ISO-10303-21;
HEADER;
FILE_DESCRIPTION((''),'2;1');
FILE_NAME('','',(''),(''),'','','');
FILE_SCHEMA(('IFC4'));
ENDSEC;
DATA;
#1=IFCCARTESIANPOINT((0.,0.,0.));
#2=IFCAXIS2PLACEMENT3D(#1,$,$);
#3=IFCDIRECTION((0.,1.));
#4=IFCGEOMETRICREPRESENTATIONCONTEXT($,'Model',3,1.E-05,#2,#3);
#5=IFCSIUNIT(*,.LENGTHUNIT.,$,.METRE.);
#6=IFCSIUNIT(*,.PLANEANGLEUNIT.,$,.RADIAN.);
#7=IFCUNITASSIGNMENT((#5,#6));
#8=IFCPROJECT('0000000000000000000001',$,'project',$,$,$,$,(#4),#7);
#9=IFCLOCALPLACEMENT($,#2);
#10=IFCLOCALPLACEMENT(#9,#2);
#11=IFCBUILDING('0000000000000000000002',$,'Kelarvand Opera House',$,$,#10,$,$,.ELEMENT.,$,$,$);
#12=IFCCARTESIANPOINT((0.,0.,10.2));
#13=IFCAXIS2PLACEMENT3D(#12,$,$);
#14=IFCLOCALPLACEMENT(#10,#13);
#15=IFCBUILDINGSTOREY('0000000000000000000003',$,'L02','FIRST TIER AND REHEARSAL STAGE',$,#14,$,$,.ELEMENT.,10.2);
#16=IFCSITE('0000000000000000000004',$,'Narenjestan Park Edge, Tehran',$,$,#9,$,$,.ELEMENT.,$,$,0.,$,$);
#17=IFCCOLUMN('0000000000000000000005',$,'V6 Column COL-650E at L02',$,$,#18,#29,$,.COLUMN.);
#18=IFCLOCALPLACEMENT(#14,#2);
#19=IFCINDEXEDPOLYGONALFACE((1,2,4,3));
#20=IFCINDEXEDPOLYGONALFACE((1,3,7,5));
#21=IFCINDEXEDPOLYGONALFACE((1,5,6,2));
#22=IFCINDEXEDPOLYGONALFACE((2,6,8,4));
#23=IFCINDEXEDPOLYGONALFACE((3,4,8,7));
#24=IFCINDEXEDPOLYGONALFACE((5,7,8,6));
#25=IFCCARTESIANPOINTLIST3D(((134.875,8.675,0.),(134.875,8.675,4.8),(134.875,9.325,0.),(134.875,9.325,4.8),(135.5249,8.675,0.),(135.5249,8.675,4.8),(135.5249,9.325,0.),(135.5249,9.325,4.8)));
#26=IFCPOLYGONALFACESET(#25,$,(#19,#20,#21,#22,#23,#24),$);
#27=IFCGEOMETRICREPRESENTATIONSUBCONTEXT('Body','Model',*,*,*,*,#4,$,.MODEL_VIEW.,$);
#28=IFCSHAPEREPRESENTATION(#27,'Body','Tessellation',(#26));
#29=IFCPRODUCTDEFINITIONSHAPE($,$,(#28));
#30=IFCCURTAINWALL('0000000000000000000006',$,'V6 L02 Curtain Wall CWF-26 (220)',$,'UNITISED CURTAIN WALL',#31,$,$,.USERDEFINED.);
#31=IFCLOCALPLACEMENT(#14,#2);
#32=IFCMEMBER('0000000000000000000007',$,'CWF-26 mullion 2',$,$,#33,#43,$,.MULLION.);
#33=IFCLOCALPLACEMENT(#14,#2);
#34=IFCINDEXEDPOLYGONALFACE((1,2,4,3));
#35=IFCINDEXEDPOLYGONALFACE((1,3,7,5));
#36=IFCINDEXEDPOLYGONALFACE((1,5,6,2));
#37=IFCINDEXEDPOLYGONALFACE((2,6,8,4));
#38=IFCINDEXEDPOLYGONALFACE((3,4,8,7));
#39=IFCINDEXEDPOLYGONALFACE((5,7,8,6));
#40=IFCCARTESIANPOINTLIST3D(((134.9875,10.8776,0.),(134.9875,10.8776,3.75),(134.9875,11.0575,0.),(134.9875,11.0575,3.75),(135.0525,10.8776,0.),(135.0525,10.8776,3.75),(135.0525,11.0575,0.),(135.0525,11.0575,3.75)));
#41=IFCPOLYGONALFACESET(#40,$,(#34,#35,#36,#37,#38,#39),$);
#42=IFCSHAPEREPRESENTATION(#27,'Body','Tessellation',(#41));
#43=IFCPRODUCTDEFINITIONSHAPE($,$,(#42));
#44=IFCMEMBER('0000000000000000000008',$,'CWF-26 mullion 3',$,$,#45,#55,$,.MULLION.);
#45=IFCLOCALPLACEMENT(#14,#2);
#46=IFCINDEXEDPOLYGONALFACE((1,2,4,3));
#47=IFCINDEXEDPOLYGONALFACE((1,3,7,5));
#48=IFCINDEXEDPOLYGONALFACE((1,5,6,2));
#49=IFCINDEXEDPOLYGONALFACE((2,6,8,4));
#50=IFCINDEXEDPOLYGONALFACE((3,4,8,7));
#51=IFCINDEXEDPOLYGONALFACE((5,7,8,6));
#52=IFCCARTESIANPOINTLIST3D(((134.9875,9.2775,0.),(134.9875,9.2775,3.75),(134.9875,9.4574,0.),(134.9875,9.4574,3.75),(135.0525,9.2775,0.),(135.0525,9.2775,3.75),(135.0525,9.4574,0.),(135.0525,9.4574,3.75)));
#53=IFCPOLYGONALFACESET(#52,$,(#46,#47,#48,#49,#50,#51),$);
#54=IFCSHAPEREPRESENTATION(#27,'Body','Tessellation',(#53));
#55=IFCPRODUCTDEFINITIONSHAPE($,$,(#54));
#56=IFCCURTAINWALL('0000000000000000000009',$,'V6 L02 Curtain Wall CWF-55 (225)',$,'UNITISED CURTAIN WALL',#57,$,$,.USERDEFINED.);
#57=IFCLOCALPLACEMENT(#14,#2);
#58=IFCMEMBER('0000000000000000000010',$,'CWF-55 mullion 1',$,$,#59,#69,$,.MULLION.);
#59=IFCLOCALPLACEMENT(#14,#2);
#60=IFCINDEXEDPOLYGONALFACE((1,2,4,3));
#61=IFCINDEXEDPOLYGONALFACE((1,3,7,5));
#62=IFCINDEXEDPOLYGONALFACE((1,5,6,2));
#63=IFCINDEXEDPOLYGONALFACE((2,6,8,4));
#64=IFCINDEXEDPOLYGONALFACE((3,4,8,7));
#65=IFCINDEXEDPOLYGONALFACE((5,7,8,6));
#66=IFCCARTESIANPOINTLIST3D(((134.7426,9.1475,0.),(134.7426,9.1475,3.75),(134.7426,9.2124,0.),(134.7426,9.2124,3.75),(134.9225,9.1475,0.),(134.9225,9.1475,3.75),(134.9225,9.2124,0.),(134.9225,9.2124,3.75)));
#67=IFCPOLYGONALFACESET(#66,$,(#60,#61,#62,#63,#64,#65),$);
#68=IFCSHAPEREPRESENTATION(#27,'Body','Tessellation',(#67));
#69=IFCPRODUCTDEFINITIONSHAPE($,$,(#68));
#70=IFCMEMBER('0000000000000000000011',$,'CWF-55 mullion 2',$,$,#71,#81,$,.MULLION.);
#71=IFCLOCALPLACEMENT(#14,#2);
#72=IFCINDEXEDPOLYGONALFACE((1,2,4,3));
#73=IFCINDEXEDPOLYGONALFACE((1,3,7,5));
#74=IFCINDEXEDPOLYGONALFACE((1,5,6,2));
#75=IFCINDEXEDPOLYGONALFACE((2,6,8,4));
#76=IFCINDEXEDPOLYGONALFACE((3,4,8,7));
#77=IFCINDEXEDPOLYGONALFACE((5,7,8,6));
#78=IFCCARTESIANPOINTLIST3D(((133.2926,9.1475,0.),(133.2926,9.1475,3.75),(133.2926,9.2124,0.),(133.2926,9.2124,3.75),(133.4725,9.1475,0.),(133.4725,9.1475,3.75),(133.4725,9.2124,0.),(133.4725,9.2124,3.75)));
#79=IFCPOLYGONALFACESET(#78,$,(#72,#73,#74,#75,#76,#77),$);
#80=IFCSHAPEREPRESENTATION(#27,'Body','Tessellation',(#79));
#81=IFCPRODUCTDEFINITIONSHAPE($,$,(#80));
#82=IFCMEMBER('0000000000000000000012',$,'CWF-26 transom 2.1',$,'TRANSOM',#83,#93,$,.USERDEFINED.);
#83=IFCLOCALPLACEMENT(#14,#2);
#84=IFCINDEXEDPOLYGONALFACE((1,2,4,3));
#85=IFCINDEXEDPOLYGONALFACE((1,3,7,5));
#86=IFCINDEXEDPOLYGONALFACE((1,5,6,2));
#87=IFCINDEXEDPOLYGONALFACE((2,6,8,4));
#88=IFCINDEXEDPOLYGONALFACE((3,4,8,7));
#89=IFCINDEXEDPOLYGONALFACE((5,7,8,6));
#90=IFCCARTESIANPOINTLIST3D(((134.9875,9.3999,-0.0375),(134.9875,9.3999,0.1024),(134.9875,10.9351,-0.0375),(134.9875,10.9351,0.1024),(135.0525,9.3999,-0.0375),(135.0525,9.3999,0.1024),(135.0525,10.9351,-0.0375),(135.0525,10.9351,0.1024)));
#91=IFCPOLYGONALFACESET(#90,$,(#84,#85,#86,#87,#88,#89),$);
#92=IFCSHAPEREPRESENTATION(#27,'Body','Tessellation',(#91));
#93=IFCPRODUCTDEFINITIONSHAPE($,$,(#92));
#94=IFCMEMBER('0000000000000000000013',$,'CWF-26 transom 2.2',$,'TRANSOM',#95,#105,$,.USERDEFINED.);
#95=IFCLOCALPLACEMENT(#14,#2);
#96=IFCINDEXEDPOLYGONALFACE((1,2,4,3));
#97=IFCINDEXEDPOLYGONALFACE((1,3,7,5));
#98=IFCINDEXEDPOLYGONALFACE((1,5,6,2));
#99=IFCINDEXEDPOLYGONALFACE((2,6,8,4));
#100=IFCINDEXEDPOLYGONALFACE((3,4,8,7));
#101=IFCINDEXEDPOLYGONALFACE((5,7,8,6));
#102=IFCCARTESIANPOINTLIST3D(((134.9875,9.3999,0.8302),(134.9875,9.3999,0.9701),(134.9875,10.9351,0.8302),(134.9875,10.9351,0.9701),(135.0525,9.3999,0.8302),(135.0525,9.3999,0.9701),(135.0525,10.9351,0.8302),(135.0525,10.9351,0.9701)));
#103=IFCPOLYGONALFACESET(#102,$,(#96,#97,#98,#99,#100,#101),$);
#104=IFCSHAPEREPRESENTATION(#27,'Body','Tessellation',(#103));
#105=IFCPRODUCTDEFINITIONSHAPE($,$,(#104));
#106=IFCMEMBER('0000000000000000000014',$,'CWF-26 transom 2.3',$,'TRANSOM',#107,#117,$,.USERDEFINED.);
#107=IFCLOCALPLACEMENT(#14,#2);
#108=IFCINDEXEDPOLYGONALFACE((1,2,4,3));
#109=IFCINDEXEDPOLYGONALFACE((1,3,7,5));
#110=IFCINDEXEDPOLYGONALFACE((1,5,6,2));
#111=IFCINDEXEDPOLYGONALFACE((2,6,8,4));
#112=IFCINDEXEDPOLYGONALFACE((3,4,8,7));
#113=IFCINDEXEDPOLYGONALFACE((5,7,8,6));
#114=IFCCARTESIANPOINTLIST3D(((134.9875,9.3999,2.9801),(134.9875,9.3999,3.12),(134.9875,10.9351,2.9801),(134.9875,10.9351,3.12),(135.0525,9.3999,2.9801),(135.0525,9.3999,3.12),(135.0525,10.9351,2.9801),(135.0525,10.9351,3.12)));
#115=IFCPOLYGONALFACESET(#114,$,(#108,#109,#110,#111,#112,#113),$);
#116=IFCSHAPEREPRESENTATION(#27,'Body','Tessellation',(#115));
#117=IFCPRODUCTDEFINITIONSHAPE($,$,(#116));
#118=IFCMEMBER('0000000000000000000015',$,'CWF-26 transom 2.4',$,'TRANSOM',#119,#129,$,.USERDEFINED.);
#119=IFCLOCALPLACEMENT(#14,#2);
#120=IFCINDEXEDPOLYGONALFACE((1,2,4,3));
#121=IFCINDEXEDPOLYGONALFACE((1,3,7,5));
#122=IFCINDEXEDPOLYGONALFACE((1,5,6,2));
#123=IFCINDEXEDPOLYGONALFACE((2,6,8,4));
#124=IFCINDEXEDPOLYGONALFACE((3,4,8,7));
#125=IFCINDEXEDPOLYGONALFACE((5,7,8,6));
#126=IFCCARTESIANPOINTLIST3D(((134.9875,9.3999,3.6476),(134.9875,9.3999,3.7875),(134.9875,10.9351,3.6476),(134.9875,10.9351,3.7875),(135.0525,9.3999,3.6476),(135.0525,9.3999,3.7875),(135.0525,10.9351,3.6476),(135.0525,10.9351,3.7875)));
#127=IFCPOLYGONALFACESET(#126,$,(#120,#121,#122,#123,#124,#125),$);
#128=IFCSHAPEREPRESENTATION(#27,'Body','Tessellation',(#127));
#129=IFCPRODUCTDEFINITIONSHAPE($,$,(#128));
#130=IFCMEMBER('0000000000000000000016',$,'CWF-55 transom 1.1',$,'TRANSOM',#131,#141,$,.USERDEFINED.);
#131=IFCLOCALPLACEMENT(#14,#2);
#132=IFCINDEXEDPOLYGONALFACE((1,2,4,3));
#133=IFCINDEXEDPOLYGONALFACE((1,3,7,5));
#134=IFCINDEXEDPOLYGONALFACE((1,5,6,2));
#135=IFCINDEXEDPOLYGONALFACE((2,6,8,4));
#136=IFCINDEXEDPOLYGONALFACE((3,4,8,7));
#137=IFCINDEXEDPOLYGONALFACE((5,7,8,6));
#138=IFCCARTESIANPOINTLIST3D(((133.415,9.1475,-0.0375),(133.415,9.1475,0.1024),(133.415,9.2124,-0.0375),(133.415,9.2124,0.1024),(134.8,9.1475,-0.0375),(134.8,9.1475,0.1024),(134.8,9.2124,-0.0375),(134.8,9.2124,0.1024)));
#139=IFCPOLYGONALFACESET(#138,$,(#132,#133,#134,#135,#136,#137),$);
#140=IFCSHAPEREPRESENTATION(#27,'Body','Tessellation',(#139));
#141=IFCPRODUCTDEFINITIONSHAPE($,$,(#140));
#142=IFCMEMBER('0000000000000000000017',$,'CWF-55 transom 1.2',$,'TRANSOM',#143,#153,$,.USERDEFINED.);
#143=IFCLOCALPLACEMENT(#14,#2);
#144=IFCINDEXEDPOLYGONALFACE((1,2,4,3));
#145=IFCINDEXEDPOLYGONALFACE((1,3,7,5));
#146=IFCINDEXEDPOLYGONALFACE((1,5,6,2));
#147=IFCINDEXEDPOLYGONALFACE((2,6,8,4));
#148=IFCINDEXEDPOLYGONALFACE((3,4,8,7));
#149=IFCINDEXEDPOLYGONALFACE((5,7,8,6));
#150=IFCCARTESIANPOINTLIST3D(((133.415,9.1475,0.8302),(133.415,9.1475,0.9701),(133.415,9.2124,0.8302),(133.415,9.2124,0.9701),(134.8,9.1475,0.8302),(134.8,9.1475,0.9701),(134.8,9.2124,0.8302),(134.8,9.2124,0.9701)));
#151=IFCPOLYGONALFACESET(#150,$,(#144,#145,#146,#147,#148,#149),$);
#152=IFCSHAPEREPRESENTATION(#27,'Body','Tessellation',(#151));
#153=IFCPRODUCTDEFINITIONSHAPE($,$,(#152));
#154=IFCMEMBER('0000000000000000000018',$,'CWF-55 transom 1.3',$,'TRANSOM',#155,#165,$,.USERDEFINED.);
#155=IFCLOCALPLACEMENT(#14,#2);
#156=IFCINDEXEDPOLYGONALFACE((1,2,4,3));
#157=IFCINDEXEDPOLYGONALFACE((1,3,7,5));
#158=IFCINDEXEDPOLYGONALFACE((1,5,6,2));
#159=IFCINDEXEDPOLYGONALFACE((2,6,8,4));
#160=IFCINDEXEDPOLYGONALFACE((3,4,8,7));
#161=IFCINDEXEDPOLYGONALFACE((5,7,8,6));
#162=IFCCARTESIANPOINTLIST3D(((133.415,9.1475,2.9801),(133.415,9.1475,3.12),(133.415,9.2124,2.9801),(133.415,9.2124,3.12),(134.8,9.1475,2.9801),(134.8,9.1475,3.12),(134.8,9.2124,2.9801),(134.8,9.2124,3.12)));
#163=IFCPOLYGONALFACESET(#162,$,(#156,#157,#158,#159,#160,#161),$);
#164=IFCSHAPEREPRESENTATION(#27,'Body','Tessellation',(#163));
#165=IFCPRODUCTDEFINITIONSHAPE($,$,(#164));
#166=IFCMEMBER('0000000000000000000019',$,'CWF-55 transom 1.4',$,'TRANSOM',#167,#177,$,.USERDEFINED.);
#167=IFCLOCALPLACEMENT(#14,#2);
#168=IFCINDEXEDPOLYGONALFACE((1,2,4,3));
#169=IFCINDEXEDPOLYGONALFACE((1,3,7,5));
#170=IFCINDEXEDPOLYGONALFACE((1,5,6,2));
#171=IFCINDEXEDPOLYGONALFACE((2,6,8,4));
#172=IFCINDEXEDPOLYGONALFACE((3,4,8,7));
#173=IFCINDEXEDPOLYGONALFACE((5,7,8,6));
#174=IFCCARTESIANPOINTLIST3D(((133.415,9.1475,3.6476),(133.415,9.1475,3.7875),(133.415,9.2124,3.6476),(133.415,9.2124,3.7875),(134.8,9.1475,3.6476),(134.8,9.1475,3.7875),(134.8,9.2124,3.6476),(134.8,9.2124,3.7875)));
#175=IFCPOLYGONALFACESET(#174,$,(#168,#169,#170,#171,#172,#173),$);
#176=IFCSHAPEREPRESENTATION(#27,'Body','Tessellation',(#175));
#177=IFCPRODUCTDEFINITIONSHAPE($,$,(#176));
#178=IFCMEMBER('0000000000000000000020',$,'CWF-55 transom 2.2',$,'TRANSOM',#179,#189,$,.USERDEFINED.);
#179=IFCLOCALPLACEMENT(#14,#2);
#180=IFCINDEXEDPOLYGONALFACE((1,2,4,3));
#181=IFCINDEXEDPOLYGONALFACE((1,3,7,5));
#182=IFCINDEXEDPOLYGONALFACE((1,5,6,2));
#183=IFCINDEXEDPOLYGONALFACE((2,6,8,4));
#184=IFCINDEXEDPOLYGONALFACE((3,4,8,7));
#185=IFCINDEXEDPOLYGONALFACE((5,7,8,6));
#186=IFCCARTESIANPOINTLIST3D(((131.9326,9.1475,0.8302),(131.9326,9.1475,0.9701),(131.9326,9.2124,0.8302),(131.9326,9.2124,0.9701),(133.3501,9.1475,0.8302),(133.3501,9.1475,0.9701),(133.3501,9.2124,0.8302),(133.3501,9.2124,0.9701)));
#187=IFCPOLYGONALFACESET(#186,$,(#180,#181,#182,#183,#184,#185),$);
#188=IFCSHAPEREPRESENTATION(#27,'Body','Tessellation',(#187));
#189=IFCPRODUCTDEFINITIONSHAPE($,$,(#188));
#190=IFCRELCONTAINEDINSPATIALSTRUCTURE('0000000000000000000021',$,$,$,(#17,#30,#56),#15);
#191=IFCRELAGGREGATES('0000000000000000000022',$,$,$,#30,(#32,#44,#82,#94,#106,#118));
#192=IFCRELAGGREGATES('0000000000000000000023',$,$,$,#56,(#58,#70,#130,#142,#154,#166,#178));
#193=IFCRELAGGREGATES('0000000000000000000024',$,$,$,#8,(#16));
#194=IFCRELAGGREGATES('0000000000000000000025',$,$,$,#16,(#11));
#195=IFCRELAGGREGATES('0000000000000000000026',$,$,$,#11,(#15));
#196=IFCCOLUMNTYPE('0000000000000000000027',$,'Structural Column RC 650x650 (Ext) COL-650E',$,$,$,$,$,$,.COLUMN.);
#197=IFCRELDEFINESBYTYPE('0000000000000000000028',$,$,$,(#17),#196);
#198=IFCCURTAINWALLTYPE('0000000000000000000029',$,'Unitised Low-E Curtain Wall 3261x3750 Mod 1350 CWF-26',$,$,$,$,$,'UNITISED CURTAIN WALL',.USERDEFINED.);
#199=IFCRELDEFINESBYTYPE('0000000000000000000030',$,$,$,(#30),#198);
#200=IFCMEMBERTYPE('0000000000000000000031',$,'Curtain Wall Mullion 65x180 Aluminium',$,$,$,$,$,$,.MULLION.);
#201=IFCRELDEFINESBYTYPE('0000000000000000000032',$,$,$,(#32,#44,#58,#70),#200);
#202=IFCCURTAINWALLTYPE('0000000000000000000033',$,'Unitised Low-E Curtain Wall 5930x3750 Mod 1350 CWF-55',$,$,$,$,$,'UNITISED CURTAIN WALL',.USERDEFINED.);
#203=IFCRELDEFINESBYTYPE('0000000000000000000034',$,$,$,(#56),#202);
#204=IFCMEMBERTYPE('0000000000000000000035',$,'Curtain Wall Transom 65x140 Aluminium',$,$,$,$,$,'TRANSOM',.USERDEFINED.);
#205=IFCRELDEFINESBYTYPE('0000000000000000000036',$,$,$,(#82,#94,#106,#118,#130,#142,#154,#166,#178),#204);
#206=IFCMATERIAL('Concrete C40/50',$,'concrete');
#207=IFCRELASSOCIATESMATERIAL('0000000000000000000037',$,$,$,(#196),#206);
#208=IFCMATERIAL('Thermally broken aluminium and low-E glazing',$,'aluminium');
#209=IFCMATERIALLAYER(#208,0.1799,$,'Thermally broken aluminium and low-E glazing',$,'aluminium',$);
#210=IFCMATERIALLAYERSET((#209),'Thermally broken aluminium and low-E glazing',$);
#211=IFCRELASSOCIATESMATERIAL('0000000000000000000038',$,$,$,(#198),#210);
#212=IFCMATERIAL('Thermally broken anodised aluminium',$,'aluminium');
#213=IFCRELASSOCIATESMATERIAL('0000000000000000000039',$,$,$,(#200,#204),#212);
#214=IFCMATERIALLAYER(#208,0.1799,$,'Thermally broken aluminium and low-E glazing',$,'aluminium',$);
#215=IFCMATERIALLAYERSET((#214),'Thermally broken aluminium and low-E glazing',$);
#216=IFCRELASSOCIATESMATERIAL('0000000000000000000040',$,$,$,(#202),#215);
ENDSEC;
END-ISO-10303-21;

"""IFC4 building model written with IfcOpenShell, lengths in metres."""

from ifc_helpers import new_model, si_unit, direction, frame, origin, origin_2d, place, context, subcontext, project, spatial, rectangle, extrude, material, layer, layer_set, material_profile, profile_set, type_object, element, aggregate, save


model = new_model("IFC4")

# Units and contexts
model_context = context("Model", 3, precision=1e-05, world=origin(), true_north=direction((0.0, 1.0)))
body_context = subcontext(model_context, "Body", "Model", "MODEL_VIEW")
ifc_project = project(units=[si_unit("LENGTHUNIT", "METRE"), si_unit("PLANEANGLEUNIT", "RADIAN")], contexts=[model_context])

# Site, building, storey
site_placement = place(None, origin())
site = spatial("IfcSite", under=ifc_project, at=site_placement, Name="Narenjestan Park Edge, Tehran", CompositionType="ELEMENT", RefElevation=0.0)
building_placement = place(site_placement, origin())
building = spatial("IfcBuilding", under=site, at=building_placement, Name="Kelarvand Opera House", CompositionType="ELEMENT")
storey_placement = place(building_placement, frame((0.0, 0.0, 10.2)))
storey = spatial("IfcBuildingStorey", under=building, at=storey_placement, Name="L02", Description="FIRST TIER AND REHEARSAL STAGE", CompositionType="ELEMENT", Elevation=10.2)

# Column
ifc_material_1 = material(Name="Concrete C40/50", Category="concrete")
ifc_material_profile_1 = material_profile(ifc_material_1, rectangle(XDim=0.6499, YDim=0.6499, at=origin_2d()), Name="RC 650x650", Category="concrete")
ifc_profile_set_1 = profile_set([ifc_material_profile_1], Name="Concrete C40/50")
column_type = type_object("IfcColumnType", Name="Structural Column RC 650x650 (Ext) COL-650E", PredefinedType="COLUMN", material=ifc_profile_set_1)
column_placement = place(storey_placement, frame((135.2, 9.0, 0.0), z_axis=(0.0, 0.0, 1.0), x_axis=(1.0, 0.0, 0.0)))
element("IfcColumn", 1, at=column_placement, inside=storey, type_object=column_type, Name="V6 Column COL-650E at L02", PredefinedType="COLUMN", context=body_context, shape_type="SweptSolid", body=[
    extrude(rectangle(XDim=0.6499, YDim=0.6499, at=origin_2d()), origin(), (0.0, 0.0, 1.0), 4.8),
])

# Curtain walls, members
ifc_material_2 = material(Name="Thermally broken aluminium and low-E glazing", Category="aluminium")
ifc_layer_1 = layer(ifc_material_2, 0.1799, Name="Thermally broken aluminium and low-E glazing", Category="aluminium")
ifc_layer_set_1 = layer_set([ifc_layer_1], Name="Thermally broken aluminium and low-E glazing")
curtain_wall_type_1 = type_object("IfcCurtainWallType", Name="Unitised Low-E Curtain Wall 3261x3750 Mod 1350 CWF-26", ElementType="UNITISED CURTAIN WALL", PredefinedType="USERDEFINED", material=ifc_layer_set_1)
curtain_wall_1_placement = place(storey_placement, origin())
curtain_wall_1 = element("IfcCurtainWall", 2, at=curtain_wall_1_placement, inside=storey, type_object=curtain_wall_type_1, Name="V6 L02 Curtain Wall CWF-26 (220)", ObjectType="UNITISED CURTAIN WALL", PredefinedType="USERDEFINED")
ifc_material_3 = material(Name="Thermally broken anodised aluminium", Category="aluminium")
ifc_material_profile_2 = material_profile(ifc_material_3, rectangle(XDim=0.0649, YDim=0.1799, at=origin_2d()), Name="ALU MULLION 65x180", Category="aluminium")
ifc_profile_set_2 = profile_set([ifc_material_profile_2], Name="Thermally broken anodised aluminium")
member_type_1 = type_object("IfcMemberType", Name="Curtain Wall Mullion 65x180 Aluminium", PredefinedType="MULLION", material=ifc_profile_set_2)
member_1_placement = place(storey_placement, frame((135.02, 10.9675, 0.0), z_axis=(0.0, 0.0, 1.0), x_axis=(1.0, 0.0, 0.0)))
member_1 = element("IfcMember", 3, at=member_1_placement, type_object=member_type_1, Name="CWF-26 mullion 2", PredefinedType="MULLION", context=body_context, shape_type="SweptSolid", body=[
    extrude(rectangle(XDim=0.0649, YDim=0.1799, at=origin_2d()), origin(), (0.0, 0.0, 1.0), 3.75),
])
member_2_placement = place(storey_placement, frame((135.02, 9.3674, 0.0), z_axis=(0.0, 0.0, 1.0), x_axis=(1.0, 0.0, 0.0)))
member_2 = element("IfcMember", 4, at=member_2_placement, type_object=member_type_1, Name="CWF-26 mullion 3", PredefinedType="MULLION", context=body_context, shape_type="SweptSolid", body=[
    extrude(rectangle(XDim=0.0649, YDim=0.1799, at=origin_2d()), origin(), (0.0, 0.0, 1.0), 3.75),
])
ifc_layer_2 = layer(ifc_material_2, 0.1799, Name="Thermally broken aluminium and low-E glazing", Category="aluminium")
ifc_layer_set_2 = layer_set([ifc_layer_2], Name="Thermally broken aluminium and low-E glazing")
curtain_wall_type_2 = type_object("IfcCurtainWallType", Name="Unitised Low-E Curtain Wall 5930x3750 Mod 1350 CWF-55", ElementType="UNITISED CURTAIN WALL", PredefinedType="USERDEFINED", material=ifc_layer_set_2)
curtain_wall_2_placement = place(storey_placement, origin())
curtain_wall_2 = element("IfcCurtainWall", 5, at=curtain_wall_2_placement, inside=storey, type_object=curtain_wall_type_2, Name="V6 L02 Curtain Wall CWF-55 (225)", ObjectType="UNITISED CURTAIN WALL", PredefinedType="USERDEFINED")
member_3_placement = place(storey_placement, frame((134.8325, 9.1799, 0.0), z_axis=(0.0, 0.0, 1.0), x_axis=(0.0, -1.0, 0.0)))
member_3 = element("IfcMember", 6, at=member_3_placement, type_object=member_type_1, Name="CWF-55 mullion 1", PredefinedType="MULLION", context=body_context, shape_type="SweptSolid", body=[
    extrude(rectangle(XDim=0.0649, YDim=0.1799, at=origin_2d()), origin(), (0.0, 0.0, 1.0), 3.75),
])
member_4_placement = place(storey_placement, frame((133.3826, 9.1799, 0.0), z_axis=(0.0, 0.0, 1.0), x_axis=(0.0, -1.0, 0.0)))
member_4 = element("IfcMember", 7, at=member_4_placement, type_object=member_type_1, Name="CWF-55 mullion 2", PredefinedType="MULLION", context=body_context, shape_type="SweptSolid", body=[
    extrude(rectangle(XDim=0.0649, YDim=0.1799, at=origin_2d()), origin(), (0.0, 0.0, 1.0), 3.75),
])

# Members
ifc_material_profile_3 = material_profile(ifc_material_3, rectangle(XDim=0.0649, YDim=0.1399, at=origin_2d()), Name="ALU TRANSOM 65x140", Category="aluminium")
ifc_profile_set_3 = profile_set([ifc_material_profile_3], Name="Thermally broken anodised aluminium")
member_type_2 = type_object("IfcMemberType", Name="Curtain Wall Transom 65x140 Aluminium", ElementType="TRANSOM", PredefinedType="USERDEFINED", material=ifc_profile_set_3)
member_5_placement = place(storey_placement, frame((135.02, 10.9351, 0.0325), z_axis=(0.0, -1.0, 0.0), x_axis=(1.0, 0.0, 0.0)))
member_5 = element("IfcMember", 8, at=member_5_placement, type_object=member_type_2, Name="CWF-26 transom 2.1", ObjectType="TRANSOM", PredefinedType="USERDEFINED", context=body_context, shape_type="SweptSolid", body=[
    extrude(rectangle(XDim=0.0649, YDim=0.1399, at=origin_2d()), origin(), (0.0, 0.0, 1.0), 1.5352),
])
member_6_placement = place(storey_placement, frame((135.02, 10.9351, 0.9001), z_axis=(0.0, -1.0, 0.0), x_axis=(1.0, 0.0, 0.0)))
member_6 = element("IfcMember", 9, at=member_6_placement, type_object=member_type_2, Name="CWF-26 transom 2.2", ObjectType="TRANSOM", PredefinedType="USERDEFINED", context=body_context, shape_type="SweptSolid", body=[
    extrude(rectangle(XDim=0.0649, YDim=0.1399, at=origin_2d()), origin(), (0.0, 0.0, 1.0), 1.5352),
])
member_7_placement = place(storey_placement, frame((135.02, 10.9351, 3.05), z_axis=(0.0, -1.0, 0.0), x_axis=(1.0, 0.0, 0.0)))
member_7 = element("IfcMember", 10, at=member_7_placement, type_object=member_type_2, Name="CWF-26 transom 2.3", ObjectType="TRANSOM", PredefinedType="USERDEFINED", context=body_context, shape_type="SweptSolid", body=[
    extrude(rectangle(XDim=0.0649, YDim=0.1399, at=origin_2d()), origin(), (0.0, 0.0, 1.0), 1.5352),
])
member_8_placement = place(storey_placement, frame((135.02, 10.9351, 3.7175), z_axis=(0.0, -1.0, 0.0), x_axis=(1.0, 0.0, 0.0)))
member_8 = element("IfcMember", 11, at=member_8_placement, type_object=member_type_2, Name="CWF-26 transom 2.4", ObjectType="TRANSOM", PredefinedType="USERDEFINED", context=body_context, shape_type="SweptSolid", body=[
    extrude(rectangle(XDim=0.0649, YDim=0.1399, at=origin_2d()), origin(), (0.0, 0.0, 1.0), 1.5352),
])
member_9_placement = place(storey_placement, frame((134.8, 9.1799, 0.0325), z_axis=(-1.0, 0.0, 0.0), x_axis=(0.0, -1.0, 0.0)))
member_9 = element("IfcMember", 12, at=member_9_placement, type_object=member_type_2, Name="CWF-55 transom 1.1", ObjectType="TRANSOM", PredefinedType="USERDEFINED", context=body_context, shape_type="SweptSolid", body=[
    extrude(rectangle(XDim=0.0649, YDim=0.1399, at=origin_2d()), origin(), (0.0, 0.0, 1.0), 1.385),
])
member_10_placement = place(storey_placement, frame((134.8, 9.1799, 0.9001), z_axis=(-1.0, 0.0, 0.0), x_axis=(0.0, -1.0, 0.0)))
member_10 = element("IfcMember", 13, at=member_10_placement, type_object=member_type_2, Name="CWF-55 transom 1.2", ObjectType="TRANSOM", PredefinedType="USERDEFINED", context=body_context, shape_type="SweptSolid", body=[
    extrude(rectangle(XDim=0.0649, YDim=0.1399, at=origin_2d()), origin(), (0.0, 0.0, 1.0), 1.385),
])
member_11_placement = place(storey_placement, frame((134.8, 9.1799, 3.05), z_axis=(-1.0, 0.0, 0.0), x_axis=(0.0, -1.0, 0.0)))
member_11 = element("IfcMember", 14, at=member_11_placement, type_object=member_type_2, Name="CWF-55 transom 1.3", ObjectType="TRANSOM", PredefinedType="USERDEFINED", context=body_context, shape_type="SweptSolid", body=[
    extrude(rectangle(XDim=0.0649, YDim=0.1399, at=origin_2d()), origin(), (0.0, 0.0, 1.0), 1.385),
])
member_12_placement = place(storey_placement, frame((134.8, 9.1799, 3.7175), z_axis=(-1.0, 0.0, 0.0), x_axis=(0.0, -1.0, 0.0)))
member_12 = element("IfcMember", 15, at=member_12_placement, type_object=member_type_2, Name="CWF-55 transom 1.4", ObjectType="TRANSOM", PredefinedType="USERDEFINED", context=body_context, shape_type="SweptSolid", body=[
    extrude(rectangle(XDim=0.0649, YDim=0.1399, at=origin_2d()), origin(), (0.0, 0.0, 1.0), 1.385),
])
member_13_placement = place(storey_placement, frame((133.3501, 9.1799, 0.9001), z_axis=(-1.0, 0.0, 0.0), x_axis=(0.0, -1.0, 0.0)))
member_13 = element("IfcMember", 16, at=member_13_placement, type_object=member_type_2, Name="CWF-55 transom 2.2", ObjectType="TRANSOM", PredefinedType="USERDEFINED", context=body_context, shape_type="SweptSolid", body=[
    extrude(rectangle(XDim=0.0649, YDim=0.1399, at=origin_2d()), origin(), (0.0, 0.0, 1.0), 1.4175),
])

aggregate(curtain_wall_1, [member_1, member_2, member_5, member_6, member_7, member_8])
aggregate(curtain_wall_2, [member_3, member_4, member_9, member_10, member_11, member_12, member_13])

save(model, "model.ifc")
